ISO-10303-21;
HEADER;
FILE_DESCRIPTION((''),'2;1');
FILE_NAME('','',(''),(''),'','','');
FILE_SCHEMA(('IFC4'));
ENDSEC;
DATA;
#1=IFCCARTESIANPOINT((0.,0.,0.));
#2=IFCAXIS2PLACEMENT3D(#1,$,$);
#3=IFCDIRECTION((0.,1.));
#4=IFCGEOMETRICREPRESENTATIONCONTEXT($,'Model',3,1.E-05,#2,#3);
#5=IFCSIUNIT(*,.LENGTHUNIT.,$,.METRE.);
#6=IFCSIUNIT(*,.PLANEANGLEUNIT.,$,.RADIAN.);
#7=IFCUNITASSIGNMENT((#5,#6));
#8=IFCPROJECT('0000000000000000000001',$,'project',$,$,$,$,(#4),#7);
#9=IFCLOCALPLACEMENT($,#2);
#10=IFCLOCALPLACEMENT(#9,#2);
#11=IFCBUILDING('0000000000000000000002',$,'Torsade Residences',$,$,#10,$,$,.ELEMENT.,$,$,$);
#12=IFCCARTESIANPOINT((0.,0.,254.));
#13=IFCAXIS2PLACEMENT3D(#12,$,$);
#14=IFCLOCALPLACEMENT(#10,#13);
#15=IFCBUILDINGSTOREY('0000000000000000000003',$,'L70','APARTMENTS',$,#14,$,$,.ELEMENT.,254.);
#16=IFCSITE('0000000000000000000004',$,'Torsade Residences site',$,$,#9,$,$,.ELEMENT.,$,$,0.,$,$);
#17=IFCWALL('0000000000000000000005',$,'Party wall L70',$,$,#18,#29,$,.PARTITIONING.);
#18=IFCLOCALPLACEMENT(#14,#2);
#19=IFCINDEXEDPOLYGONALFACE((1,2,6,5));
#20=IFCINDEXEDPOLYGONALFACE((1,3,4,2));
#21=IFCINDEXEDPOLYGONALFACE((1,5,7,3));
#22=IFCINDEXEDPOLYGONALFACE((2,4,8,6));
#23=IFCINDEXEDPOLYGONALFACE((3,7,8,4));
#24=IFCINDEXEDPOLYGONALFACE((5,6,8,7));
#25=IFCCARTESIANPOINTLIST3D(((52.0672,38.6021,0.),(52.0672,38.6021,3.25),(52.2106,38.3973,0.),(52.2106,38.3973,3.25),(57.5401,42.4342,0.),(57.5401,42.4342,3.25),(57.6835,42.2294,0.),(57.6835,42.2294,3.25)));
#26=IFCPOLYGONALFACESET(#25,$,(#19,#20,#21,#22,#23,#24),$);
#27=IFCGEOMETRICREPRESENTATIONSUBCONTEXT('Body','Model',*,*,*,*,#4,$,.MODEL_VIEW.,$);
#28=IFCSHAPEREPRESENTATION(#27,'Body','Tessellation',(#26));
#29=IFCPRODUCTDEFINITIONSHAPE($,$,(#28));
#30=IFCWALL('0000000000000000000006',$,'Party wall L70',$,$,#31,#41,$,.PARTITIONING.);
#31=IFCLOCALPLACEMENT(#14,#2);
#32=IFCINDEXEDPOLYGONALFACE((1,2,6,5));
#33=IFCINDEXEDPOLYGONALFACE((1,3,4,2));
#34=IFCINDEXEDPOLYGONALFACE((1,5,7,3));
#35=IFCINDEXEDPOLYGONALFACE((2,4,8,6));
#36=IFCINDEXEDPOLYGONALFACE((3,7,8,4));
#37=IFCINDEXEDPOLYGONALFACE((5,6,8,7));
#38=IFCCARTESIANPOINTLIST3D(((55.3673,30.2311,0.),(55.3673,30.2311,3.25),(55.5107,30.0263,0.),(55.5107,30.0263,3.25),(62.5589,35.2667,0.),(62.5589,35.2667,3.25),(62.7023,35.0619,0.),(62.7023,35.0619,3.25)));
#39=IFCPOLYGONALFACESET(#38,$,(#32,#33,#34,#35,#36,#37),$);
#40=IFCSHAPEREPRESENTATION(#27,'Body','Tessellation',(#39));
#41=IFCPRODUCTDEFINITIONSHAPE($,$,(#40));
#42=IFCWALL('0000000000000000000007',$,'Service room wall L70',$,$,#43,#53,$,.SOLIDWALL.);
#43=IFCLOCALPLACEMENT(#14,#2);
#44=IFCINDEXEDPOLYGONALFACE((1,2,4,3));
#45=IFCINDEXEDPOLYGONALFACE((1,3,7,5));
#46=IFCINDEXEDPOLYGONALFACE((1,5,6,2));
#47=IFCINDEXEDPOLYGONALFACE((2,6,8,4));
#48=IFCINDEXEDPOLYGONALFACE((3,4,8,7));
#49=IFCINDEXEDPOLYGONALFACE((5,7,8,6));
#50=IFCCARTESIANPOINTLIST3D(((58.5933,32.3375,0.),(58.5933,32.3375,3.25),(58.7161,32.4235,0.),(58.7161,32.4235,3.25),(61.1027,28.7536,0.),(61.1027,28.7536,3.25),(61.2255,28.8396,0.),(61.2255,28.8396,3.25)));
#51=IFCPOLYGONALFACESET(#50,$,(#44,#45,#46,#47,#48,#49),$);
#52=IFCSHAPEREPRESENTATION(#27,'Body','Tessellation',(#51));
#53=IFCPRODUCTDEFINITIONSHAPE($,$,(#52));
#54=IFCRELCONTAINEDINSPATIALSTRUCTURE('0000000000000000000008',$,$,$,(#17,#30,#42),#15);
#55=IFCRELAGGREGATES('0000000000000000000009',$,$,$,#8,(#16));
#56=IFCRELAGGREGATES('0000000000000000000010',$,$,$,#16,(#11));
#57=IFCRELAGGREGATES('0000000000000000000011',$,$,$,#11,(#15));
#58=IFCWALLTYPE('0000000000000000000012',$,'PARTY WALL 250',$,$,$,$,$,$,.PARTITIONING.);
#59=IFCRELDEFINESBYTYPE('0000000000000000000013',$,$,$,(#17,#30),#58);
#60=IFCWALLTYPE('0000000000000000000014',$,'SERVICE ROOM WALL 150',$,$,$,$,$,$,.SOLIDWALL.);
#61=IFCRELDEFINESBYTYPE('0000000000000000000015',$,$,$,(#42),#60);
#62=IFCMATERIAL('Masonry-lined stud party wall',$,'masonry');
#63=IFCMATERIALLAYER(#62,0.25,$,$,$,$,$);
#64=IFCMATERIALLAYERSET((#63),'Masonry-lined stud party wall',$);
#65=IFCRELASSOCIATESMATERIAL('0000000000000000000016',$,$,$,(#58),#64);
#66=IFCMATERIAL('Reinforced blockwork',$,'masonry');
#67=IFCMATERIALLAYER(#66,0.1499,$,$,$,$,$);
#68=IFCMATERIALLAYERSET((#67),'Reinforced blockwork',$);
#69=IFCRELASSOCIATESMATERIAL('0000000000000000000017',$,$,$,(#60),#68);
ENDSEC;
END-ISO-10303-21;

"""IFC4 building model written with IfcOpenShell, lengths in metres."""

from ifc_helpers import new_model, si_unit, direction, frame, frame_2d, origin, place, context, subcontext, project, spatial, rectangle, extrude, material, layer, layer_set, type_object, element, save


model = new_model("IFC4")

# Units and contexts
model_context = context("Model", 3, precision=1e-05, world=origin(), true_north=direction((0.0, 1.0)))
body_context = subcontext(model_context, "Body", "Model", "MODEL_VIEW")
ifc_project = project(units=[si_unit("LENGTHUNIT", "METRE"), si_unit("PLANEANGLEUNIT", "RADIAN")], contexts=[model_context])

# Site, building, storey
site_placement = place(None, origin())
site = spatial("IfcSite", under=ifc_project, at=site_placement, Name="Torsade Residences site", CompositionType="ELEMENT", RefElevation=0.0)
building_placement = place(site_placement, origin())
building = spatial("IfcBuilding", under=site, at=building_placement, Name="Torsade Residences", CompositionType="ELEMENT")
storey_placement = place(building_placement, frame((0.0, 0.0, 254.0)))
storey = spatial("IfcBuildingStorey", under=building, at=storey_placement, Name="L70", Description="APARTMENTS", CompositionType="ELEMENT", Elevation=254.0)

# Walls
ifc_material_1 = material(Name="Masonry-lined stud party wall", Category="masonry")
ifc_layer_1 = layer(ifc_material_1, 0.25)
ifc_layer_set_1 = layer_set([ifc_layer_1], Name="Masonry-lined stud party wall")
wall_type_1 = type_object("IfcWallType", Name="PARTY WALL 250", PredefinedType="PARTITIONING", material=ifc_layer_set_1)
wall_1_placement = place(storey_placement, frame((57.6118, 42.3318, 0.0), z_axis=(0.0, 0.0, 1.0), x_axis=(-0.819162, -0.573563, 0.0)))
element("IfcWall", 1, at=wall_1_placement, inside=storey, type_object=wall_type_1, Name="Party wall L70", PredefinedType="PARTITIONING", context=body_context, shape_type="SweptSolid", body=[
    extrude(rectangle(XDim=6.6812, YDim=0.25, at=frame_2d((3.3406, 0.0))), origin(), (0.0, 0.0, 1.0), 3.25),
])
wall_2_placement = place(storey_placement, frame((62.6306, 35.1643, 0.0), z_axis=(0.0, 0.0, 1.0), x_axis=(-0.819152, -0.573576, 0.0)))
element("IfcWall", 2, at=wall_2_placement, inside=storey, type_object=wall_type_1, Name="Party wall L70", PredefinedType="PARTITIONING", context=body_context, shape_type="SweptSolid", body=[
    extrude(rectangle(XDim=8.7793, YDim=0.25, at=frame_2d((4.3896, 0.0))), origin(), (0.0, 0.0, 1.0), 3.25),
])
ifc_material_2 = material(Name="Reinforced blockwork", Category="masonry")
ifc_layer_2 = layer(ifc_material_2, 0.1499)
ifc_layer_set_2 = layer_set([ifc_layer_2], Name="Reinforced blockwork")
wall_type_2 = type_object("IfcWallType", Name="SERVICE ROOM WALL 150", PredefinedType="SOLIDWALL", material=ifc_layer_set_2)
wall_3_placement = place(storey_placement, frame((61.1641, 28.7966, 0.0), z_axis=(0.0, 0.0, 1.0), x_axis=(-0.573563, 0.819161, 0.0)))
element("IfcWall", 3, at=wall_3_placement, inside=storey, type_object=wall_type_2, Name="Service room wall L70", PredefinedType="SOLIDWALL", context=body_context, shape_type="SweptSolid", body=[
    extrude(rectangle(XDim=4.375, YDim=0.1499, at=frame_2d((2.1875, 0.0))), origin(), (0.0, 0.0, 1.0), 3.25),
])

save(model, "model.ifc")
